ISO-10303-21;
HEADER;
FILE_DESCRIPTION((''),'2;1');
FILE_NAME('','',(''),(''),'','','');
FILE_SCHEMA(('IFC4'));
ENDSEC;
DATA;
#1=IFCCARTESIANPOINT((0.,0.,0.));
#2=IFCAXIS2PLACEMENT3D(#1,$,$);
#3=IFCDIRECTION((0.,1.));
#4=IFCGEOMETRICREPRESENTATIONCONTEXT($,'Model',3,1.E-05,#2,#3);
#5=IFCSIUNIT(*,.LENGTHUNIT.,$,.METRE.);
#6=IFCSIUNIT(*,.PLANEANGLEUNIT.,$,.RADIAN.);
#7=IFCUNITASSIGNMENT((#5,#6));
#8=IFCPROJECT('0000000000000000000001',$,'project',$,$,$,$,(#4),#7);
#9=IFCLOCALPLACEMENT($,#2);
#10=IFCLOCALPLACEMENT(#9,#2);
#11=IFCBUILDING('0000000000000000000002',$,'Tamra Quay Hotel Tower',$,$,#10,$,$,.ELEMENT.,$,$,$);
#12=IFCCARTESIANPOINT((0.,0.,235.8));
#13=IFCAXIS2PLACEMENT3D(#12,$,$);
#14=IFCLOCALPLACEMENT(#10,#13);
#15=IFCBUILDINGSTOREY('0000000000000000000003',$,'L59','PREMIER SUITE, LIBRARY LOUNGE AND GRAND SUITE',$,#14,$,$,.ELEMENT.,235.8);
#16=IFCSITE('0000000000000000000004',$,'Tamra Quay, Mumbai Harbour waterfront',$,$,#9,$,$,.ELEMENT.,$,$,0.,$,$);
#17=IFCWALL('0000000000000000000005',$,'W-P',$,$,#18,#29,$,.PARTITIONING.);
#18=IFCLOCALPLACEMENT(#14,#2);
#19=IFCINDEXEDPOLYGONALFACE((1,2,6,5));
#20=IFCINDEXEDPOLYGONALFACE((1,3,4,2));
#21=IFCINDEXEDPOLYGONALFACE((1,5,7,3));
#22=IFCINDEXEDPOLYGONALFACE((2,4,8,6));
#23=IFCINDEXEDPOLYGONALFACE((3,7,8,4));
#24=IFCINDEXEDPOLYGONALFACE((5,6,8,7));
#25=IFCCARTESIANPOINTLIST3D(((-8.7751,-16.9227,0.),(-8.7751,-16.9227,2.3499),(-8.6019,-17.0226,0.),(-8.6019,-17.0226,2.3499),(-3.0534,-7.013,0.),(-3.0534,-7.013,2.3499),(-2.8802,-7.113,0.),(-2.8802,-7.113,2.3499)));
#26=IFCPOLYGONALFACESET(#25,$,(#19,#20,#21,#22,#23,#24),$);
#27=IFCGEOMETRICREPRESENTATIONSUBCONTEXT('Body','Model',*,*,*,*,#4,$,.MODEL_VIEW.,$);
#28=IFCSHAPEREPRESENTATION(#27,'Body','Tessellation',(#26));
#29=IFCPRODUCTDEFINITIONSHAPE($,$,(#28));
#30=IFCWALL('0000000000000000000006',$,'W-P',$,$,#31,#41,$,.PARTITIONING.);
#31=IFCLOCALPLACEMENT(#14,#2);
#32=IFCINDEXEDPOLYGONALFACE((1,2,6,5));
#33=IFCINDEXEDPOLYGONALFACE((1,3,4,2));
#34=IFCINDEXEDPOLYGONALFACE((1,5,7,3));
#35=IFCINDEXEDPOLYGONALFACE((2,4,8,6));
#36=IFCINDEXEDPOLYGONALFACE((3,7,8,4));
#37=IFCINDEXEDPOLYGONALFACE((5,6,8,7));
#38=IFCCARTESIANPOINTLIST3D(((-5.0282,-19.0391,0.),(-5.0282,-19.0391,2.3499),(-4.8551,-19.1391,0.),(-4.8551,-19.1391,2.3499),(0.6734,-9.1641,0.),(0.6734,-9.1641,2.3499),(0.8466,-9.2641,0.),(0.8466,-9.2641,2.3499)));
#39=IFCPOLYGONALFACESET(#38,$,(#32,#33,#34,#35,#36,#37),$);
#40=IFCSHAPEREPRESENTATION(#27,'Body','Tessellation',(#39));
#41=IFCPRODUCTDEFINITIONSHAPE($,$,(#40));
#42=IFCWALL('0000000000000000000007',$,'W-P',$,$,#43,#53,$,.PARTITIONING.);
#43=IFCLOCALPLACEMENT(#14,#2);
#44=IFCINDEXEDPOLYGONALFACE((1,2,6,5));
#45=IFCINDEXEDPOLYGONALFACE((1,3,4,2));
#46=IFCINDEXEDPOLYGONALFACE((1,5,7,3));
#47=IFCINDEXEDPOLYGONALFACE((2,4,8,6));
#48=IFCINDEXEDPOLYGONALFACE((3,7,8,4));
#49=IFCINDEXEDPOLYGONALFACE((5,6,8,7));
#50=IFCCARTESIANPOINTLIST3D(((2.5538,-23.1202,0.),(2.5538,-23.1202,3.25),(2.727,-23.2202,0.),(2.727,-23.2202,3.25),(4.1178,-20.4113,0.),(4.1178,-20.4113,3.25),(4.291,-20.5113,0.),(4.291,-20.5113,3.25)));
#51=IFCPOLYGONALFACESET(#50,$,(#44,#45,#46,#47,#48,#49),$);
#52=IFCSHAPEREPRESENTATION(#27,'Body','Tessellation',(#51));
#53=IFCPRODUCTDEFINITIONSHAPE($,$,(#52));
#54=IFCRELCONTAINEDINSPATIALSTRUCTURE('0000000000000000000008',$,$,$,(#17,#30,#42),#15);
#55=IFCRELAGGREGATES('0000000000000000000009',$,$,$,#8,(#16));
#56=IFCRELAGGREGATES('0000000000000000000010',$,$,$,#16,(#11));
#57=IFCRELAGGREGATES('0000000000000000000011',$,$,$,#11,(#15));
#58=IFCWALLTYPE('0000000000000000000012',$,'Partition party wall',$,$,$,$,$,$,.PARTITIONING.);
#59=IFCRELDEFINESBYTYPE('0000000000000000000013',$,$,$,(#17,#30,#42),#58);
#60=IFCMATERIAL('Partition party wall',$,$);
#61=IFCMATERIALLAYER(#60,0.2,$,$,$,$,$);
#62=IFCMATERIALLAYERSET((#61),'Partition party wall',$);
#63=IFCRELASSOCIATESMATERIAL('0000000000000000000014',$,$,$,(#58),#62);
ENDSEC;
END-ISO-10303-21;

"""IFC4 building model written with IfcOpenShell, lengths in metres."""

from ifc_helpers import new_model, si_unit, direction, frame, frame_2d, origin, place, context, subcontext, project, spatial, rectangle, extrude, material, layer, layer_set, type_object, element, save


model = new_model("IFC4")

# Units and contexts
model_context = context("Model", 3, precision=1e-05, world=origin(), true_north=direction((0.0, 1.0)))
body_context = subcontext(model_context, "Body", "Model", "MODEL_VIEW")
ifc_project = project(units=[si_unit("LENGTHUNIT", "METRE"), si_unit("PLANEANGLEUNIT", "RADIAN")], contexts=[model_context])

# Site, building, storey
site_placement = place(None, origin())
site = spatial("IfcSite", under=ifc_project, at=site_placement, Name="Tamra Quay, Mumbai Harbour waterfront", CompositionType="ELEMENT", RefElevation=0.0)
building_placement = place(site_placement, origin())
building = spatial("IfcBuilding", under=site, at=building_placement, Name="Tamra Quay Hotel Tower", CompositionType="ELEMENT")
storey_placement = place(building_placement, frame((0.0, 0.0, 235.8)))
storey = spatial("IfcBuildingStorey", under=building, at=storey_placement, Name="L59", Description="PREMIER SUITE, LIBRARY LOUNGE AND GRAND SUITE", CompositionType="ELEMENT", Elevation=235.8)

# Walls
ifc_material_1 = material(Name="Partition party wall")
ifc_layer_1 = layer(ifc_material_1, 0.2)
ifc_layer_set_1 = layer_set([ifc_layer_1], Name="Partition party wall")
wall_type_1 = type_object("IfcWallType", Name="Partition party wall", PredefinedType="PARTITIONING", material=ifc_layer_set_1)
wall_1_placement = place(storey_placement, frame((-8.6885, -16.9727, 0.0), z_axis=(0.0, 0.0, 1.0), x_axis=(0.500022, 0.866013, 0.0)))
element("IfcWall", 1, at=wall_1_placement, inside=storey, type_object=wall_type_1, Name="W-P", PredefinedType="PARTITIONING", context=body_context, shape_type="SweptSolid", body=[
    extrude(rectangle(XDim=11.4429, YDim=0.2, at=frame_2d((5.7214, 0.0))), origin(), (0.0, 0.0, 1.0), 2.3499),
])
wall_2_placement = place(storey_placement, frame((-4.9417, -19.0891, 0.0), z_axis=(0.0, 0.0, 1.0), x_axis=(0.500021, 0.866013, 0.0)))
element("IfcWall", 2, at=wall_2_placement, inside=storey, type_object=wall_type_1, Name="W-P", PredefinedType="PARTITIONING", context=body_context, shape_type="SweptSolid", body=[
    extrude(rectangle(XDim=11.4028, YDim=0.2, at=frame_2d((5.7014, 0.0))), origin(), (0.0, 0.0, 1.0), 2.3499),
])
wall_3_placement = place(storey_placement, frame((2.6404, -23.1702, 0.0), z_axis=(0.0, 0.0, 1.0), x_axis=(0.500017, 0.866015, 0.0)))
element("IfcWall", 3, at=wall_3_placement, inside=storey, type_object=wall_type_1, Name="W-P", PredefinedType="PARTITIONING", context=body_context, shape_type="SweptSolid", body=[
    extrude(rectangle(XDim=3.1279, YDim=0.2, at=frame_2d((1.564, 0.0))), origin(), (0.0, 0.0, 1.0), 3.25),
])

save(model, "model.ifc")
